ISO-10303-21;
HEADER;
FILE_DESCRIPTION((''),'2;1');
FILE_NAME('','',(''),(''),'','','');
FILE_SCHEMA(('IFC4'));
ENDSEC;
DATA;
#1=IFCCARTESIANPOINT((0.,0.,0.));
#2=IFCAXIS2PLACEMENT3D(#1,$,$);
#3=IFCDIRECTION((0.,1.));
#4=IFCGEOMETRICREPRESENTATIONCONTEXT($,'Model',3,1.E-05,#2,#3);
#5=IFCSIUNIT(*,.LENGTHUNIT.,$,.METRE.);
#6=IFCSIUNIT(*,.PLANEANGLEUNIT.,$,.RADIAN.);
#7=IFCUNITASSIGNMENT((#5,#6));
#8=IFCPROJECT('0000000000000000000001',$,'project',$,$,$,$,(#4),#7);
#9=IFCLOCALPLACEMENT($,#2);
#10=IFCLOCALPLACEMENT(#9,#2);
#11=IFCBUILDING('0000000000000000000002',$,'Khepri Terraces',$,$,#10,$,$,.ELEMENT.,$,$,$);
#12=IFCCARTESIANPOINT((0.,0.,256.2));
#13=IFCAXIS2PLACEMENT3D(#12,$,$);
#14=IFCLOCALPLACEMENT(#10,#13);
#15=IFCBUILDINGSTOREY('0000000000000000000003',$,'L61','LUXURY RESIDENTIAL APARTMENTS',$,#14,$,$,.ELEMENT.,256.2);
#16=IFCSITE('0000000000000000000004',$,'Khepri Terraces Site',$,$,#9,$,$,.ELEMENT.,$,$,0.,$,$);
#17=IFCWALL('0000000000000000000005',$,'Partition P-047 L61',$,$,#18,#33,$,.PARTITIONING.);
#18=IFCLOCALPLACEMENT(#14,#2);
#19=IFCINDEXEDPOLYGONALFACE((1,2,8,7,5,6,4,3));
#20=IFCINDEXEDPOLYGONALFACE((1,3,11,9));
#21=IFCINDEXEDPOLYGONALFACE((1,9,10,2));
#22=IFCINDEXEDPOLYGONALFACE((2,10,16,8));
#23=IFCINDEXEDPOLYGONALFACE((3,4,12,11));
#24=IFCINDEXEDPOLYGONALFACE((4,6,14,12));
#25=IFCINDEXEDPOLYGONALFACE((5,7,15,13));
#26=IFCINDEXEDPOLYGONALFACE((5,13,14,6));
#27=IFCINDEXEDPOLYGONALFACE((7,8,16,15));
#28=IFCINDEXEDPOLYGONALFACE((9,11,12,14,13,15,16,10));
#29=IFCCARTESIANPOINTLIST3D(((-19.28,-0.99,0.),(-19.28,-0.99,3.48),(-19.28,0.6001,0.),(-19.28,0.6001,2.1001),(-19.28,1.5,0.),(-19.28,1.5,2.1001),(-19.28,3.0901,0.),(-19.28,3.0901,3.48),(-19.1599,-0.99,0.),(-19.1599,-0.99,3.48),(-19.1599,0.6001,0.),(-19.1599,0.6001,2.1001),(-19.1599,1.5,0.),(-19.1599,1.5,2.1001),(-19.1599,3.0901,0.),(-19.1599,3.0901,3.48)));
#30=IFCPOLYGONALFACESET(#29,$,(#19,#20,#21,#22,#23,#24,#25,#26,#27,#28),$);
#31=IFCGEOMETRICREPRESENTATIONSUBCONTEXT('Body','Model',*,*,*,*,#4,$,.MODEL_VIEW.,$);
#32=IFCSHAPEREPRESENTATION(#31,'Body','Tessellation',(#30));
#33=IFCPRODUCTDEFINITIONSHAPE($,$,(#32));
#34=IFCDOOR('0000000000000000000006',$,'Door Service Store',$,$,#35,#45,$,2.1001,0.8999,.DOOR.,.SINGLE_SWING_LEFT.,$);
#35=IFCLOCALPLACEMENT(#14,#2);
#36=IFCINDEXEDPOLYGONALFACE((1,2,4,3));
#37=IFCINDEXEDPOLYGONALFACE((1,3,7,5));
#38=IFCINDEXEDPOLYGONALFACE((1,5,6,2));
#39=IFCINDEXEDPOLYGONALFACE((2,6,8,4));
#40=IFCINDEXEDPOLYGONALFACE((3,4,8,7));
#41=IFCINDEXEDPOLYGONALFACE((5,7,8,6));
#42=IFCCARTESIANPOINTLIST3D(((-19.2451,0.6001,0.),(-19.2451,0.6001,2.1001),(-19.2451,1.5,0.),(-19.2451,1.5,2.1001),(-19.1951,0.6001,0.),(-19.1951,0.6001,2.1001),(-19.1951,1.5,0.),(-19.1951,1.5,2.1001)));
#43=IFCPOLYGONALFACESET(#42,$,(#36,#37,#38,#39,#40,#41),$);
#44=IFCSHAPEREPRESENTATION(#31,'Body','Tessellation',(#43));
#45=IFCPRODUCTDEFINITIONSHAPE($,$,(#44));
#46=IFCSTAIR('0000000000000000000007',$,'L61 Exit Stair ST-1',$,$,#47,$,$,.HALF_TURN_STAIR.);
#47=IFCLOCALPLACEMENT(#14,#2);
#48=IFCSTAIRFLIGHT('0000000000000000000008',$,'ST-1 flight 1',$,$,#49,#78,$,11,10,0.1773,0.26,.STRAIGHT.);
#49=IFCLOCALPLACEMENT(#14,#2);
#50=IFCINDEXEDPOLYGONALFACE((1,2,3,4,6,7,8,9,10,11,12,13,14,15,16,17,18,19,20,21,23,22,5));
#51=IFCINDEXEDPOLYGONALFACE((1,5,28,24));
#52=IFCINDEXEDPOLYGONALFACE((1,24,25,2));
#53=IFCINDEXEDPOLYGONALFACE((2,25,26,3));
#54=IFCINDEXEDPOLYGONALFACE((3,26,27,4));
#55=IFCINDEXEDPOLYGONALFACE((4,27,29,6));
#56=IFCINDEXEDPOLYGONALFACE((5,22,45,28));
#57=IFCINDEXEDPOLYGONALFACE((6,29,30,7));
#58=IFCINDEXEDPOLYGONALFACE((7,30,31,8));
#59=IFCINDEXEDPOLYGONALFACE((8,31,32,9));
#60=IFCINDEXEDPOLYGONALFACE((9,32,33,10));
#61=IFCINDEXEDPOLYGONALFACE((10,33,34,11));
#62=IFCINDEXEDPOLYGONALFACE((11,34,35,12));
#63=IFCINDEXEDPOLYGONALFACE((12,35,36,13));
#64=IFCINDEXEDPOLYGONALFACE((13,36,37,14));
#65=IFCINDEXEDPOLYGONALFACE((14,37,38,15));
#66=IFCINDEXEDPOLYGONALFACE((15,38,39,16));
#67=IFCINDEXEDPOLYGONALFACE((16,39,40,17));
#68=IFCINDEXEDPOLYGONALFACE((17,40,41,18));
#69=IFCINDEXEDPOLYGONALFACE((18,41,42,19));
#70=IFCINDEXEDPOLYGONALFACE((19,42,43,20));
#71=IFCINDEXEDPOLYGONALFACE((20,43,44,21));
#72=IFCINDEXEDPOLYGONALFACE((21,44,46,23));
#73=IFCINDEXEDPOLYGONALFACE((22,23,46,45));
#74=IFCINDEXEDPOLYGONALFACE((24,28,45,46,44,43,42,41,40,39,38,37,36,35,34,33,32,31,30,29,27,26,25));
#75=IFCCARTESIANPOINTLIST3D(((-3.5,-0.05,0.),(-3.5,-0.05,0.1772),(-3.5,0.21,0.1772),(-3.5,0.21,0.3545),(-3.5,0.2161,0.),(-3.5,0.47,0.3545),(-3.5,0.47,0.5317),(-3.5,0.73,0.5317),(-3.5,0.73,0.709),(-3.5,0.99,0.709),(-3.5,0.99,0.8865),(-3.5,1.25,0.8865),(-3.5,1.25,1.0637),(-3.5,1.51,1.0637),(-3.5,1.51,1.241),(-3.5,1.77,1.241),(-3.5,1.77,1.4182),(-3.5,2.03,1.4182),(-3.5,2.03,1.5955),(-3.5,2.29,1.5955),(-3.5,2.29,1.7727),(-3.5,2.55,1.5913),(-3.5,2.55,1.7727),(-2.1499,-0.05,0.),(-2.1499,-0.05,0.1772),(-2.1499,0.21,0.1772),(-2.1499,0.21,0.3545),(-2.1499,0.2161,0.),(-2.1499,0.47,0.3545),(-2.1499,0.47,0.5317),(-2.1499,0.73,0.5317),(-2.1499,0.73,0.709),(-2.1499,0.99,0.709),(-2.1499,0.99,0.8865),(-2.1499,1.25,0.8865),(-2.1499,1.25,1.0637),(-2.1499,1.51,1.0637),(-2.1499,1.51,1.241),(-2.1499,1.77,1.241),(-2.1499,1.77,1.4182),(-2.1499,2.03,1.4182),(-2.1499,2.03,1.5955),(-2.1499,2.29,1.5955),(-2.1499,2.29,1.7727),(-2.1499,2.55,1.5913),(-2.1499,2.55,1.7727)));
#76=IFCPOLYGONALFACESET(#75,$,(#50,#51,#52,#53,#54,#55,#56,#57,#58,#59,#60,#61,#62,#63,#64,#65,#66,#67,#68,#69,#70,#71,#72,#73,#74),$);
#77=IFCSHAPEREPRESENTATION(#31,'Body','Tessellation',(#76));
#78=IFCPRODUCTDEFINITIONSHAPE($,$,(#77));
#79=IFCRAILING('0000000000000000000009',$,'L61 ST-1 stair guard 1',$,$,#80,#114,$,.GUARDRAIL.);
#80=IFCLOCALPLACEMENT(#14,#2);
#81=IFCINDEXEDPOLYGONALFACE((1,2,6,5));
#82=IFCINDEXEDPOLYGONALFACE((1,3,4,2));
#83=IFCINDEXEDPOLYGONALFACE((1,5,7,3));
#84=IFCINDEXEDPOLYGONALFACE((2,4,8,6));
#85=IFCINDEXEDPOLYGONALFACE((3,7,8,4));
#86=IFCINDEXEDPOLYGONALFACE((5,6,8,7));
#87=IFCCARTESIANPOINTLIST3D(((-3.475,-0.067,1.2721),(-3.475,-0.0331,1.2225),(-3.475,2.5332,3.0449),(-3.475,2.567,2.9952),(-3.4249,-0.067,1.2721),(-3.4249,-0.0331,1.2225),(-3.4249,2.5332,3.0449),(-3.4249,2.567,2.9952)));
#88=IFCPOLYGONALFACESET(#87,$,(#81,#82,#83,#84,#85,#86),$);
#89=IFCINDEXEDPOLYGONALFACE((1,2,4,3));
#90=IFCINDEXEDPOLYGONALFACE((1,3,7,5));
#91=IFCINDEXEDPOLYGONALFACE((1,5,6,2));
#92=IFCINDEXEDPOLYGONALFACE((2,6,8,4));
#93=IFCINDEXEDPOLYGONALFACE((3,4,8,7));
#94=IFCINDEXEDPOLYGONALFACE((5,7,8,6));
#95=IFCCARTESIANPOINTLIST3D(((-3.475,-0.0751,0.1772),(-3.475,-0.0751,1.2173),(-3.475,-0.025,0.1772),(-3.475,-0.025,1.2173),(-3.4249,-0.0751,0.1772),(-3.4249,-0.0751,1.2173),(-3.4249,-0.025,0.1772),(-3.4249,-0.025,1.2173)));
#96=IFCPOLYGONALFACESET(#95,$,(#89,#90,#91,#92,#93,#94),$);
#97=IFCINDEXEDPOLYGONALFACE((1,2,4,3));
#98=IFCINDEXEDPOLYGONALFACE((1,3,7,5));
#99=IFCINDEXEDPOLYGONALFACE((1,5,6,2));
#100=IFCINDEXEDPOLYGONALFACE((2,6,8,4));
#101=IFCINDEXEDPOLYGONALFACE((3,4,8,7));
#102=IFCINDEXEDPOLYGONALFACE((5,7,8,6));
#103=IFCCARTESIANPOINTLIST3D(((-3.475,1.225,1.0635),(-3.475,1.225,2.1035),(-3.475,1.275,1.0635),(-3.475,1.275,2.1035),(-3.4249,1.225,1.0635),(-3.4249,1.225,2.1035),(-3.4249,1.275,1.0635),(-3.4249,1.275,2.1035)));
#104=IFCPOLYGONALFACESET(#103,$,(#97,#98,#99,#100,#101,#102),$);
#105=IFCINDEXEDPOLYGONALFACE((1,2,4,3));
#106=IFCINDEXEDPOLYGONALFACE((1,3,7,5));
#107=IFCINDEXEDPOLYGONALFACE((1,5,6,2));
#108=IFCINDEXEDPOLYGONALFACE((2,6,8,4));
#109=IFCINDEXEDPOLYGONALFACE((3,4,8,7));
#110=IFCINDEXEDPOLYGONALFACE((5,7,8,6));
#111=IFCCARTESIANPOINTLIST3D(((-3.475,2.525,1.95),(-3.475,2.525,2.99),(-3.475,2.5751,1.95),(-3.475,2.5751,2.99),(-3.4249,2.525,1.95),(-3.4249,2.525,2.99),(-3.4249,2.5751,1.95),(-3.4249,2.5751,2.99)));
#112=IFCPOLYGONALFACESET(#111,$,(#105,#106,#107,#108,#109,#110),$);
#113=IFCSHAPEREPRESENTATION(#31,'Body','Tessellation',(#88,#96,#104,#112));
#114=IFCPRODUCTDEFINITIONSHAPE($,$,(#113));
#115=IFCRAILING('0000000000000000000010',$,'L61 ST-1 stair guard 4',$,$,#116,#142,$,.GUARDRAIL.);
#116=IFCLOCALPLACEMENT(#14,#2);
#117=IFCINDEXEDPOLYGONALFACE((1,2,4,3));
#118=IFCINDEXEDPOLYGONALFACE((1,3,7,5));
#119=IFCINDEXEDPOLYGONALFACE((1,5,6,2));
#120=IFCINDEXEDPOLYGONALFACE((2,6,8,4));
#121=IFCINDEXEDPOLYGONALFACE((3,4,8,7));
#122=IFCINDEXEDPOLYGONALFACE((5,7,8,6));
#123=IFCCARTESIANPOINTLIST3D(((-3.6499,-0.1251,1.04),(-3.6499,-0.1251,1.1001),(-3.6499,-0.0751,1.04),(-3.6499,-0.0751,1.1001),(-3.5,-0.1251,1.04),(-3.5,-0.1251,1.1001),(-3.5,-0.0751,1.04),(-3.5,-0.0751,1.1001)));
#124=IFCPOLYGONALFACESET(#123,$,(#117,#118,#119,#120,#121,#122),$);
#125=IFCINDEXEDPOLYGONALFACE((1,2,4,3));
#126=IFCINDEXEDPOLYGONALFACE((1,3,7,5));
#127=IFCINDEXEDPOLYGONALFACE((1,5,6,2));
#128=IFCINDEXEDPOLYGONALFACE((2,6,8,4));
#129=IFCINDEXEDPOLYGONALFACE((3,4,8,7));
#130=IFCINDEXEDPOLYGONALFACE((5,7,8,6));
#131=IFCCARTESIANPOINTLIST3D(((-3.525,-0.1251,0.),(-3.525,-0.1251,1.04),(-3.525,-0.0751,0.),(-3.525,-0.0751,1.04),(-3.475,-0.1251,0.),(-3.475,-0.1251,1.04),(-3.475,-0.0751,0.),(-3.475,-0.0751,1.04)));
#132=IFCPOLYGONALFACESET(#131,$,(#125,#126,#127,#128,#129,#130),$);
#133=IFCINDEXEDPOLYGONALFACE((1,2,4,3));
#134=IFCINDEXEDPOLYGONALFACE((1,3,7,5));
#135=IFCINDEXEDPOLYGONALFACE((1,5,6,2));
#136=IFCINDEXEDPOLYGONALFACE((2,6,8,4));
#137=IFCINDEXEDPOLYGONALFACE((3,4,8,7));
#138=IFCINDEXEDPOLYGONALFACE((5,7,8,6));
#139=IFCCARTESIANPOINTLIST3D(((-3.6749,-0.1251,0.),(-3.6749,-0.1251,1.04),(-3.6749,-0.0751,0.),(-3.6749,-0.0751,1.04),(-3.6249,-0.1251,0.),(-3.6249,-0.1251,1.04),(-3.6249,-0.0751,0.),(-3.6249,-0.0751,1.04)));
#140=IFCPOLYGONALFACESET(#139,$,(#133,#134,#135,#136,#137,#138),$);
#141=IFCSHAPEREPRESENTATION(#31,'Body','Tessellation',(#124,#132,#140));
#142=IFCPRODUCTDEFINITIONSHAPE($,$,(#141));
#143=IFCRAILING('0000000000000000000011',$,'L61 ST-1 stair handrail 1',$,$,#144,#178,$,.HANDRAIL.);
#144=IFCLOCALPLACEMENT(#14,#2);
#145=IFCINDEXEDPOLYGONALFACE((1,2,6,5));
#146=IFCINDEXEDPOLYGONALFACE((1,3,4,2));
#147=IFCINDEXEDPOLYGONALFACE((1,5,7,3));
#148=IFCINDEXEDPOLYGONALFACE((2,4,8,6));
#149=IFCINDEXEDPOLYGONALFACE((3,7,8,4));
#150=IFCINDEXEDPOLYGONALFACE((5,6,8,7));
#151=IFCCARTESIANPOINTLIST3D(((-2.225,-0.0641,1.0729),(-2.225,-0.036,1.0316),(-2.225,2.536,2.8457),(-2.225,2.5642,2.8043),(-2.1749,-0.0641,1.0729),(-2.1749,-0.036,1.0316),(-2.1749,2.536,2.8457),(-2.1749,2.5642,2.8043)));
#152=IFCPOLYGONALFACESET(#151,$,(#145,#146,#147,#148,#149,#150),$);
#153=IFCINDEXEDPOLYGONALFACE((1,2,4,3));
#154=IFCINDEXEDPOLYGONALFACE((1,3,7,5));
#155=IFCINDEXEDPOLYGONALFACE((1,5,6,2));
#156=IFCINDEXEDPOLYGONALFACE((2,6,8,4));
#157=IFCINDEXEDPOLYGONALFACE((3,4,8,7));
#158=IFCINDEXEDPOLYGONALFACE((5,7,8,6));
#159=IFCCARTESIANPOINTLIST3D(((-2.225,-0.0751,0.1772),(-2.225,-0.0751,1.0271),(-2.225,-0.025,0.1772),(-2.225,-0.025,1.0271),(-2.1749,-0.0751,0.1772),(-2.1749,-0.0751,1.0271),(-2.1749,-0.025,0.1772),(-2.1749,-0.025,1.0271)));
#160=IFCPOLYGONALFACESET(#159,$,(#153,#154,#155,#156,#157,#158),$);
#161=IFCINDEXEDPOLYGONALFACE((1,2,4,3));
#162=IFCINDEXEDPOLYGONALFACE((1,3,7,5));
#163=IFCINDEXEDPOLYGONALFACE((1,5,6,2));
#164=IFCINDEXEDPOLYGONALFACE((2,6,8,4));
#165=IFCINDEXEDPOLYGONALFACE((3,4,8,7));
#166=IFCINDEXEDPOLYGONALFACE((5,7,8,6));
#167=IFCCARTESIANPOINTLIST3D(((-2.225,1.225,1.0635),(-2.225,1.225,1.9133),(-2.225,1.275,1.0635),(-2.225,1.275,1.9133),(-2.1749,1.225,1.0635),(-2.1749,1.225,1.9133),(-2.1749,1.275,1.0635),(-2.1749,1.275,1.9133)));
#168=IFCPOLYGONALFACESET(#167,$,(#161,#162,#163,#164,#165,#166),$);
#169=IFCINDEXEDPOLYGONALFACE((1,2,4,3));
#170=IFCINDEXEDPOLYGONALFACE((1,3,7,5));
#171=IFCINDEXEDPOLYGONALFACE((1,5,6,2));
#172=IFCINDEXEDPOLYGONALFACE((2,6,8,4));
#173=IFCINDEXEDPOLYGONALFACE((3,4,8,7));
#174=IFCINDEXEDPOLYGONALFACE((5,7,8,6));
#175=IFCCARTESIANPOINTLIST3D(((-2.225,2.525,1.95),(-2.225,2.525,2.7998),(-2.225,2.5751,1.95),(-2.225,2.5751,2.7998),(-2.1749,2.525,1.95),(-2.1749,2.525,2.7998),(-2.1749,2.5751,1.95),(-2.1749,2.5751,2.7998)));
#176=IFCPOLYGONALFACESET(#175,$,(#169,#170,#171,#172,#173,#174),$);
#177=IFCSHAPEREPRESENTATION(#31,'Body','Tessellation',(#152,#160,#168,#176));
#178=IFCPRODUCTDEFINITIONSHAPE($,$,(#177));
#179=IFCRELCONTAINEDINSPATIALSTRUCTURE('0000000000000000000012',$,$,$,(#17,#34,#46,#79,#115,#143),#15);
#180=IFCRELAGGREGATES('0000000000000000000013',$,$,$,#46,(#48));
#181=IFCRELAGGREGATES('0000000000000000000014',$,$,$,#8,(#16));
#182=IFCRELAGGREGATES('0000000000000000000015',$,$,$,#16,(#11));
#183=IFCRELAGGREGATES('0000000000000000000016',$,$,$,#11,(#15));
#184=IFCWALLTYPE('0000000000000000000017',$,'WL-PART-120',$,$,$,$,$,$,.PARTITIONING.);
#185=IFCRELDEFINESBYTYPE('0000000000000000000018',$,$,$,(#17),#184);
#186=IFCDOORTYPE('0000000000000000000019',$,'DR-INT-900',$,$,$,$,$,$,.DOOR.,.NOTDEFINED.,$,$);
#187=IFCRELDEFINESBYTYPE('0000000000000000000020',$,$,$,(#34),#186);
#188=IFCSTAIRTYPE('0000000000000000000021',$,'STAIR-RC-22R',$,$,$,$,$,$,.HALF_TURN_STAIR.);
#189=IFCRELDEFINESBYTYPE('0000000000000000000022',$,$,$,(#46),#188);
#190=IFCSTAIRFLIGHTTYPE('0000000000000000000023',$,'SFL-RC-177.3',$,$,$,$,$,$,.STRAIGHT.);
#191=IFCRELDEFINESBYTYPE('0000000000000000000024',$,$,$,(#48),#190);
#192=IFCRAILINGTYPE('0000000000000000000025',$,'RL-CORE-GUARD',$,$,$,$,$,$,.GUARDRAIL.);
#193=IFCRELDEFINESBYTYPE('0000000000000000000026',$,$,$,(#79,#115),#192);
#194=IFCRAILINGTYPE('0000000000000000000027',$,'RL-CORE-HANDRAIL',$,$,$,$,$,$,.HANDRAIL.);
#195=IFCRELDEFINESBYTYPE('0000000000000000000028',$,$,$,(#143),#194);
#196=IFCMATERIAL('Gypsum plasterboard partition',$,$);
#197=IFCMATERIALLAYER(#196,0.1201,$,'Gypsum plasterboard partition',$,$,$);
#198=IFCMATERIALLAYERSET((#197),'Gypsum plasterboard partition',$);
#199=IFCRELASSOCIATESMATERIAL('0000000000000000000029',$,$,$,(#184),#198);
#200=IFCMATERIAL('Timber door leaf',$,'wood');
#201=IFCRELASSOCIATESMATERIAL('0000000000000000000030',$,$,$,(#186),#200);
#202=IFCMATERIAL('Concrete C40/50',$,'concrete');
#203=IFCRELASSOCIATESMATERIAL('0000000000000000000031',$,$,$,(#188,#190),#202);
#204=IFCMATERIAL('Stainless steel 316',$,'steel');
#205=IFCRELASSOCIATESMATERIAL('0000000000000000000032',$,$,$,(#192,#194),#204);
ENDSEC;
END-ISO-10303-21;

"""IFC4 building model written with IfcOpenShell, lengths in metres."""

from ifc_helpers import new_model, si_unit, direction, frame, frame_2d, origin, origin_2d, place, context, subcontext, project, spatial, polyline, rectangle, outline, extrude, material, layer, layer_set, type_object, element, fill, aggregate, save


model = new_model("IFC4")

# Units and contexts
model_context = context("Model", 3, precision=1e-05, world=origin(), true_north=direction((0.0, 1.0)))
body_context = subcontext(model_context, "Body", "Model", "MODEL_VIEW")
ifc_project = project(units=[si_unit("LENGTHUNIT", "METRE"), si_unit("PLANEANGLEUNIT", "RADIAN")], contexts=[model_context])

# Site, building, storey
site_placement = place(None, origin())
site = spatial("IfcSite", under=ifc_project, at=site_placement, Name="Khepri Terraces Site", CompositionType="ELEMENT", RefElevation=0.0)
building_placement = place(site_placement, origin())
building = spatial("IfcBuilding", under=site, at=building_placement, Name="Khepri Terraces", CompositionType="ELEMENT")
storey_placement = place(building_placement, frame((0.0, 0.0, 256.2)))
storey = spatial("IfcBuildingStorey", under=building, at=storey_placement, Name="L61", Description="LUXURY RESIDENTIAL APARTMENTS", CompositionType="ELEMENT", Elevation=256.2)

# Shared definitions
ifc_material_1 = material(Name="Concrete C40/50", Category="concrete")

# Wall, opening, door
ifc_material_2 = material(Name="Gypsum plasterboard partition")
ifc_layer_1 = layer(ifc_material_2, 0.1201, Name="Gypsum plasterboard partition")
ifc_layer_set_1 = layer_set([ifc_layer_1], Name="Gypsum plasterboard partition")
wall_type_1 = type_object("IfcWallType", Name="WL-PART-120", PredefinedType="PARTITIONING", material=ifc_layer_set_1)
wall_1_placement = place(storey_placement, frame((-19.22, -0.99, 0.0), z_axis=(0.0, 0.0, 1.0), x_axis=(0.0, 1.0, 0.0)))
wall_1 = element("IfcWall", 1, at=wall_1_placement, inside=storey, type_object=wall_type_1, Name="Partition P-047 L61", PredefinedType="PARTITIONING", context=body_context, shape_type="SweptSolid", body=[
    extrude(rectangle(XDim=4.0801, YDim=0.1201, at=frame_2d((2.04, 0.0))), origin(), (0.0, 0.0, 1.0), 3.48),
])
opening_1_placement = place(wall_1_placement, frame((1.5901, 0.0, 0.0)))
opening_1 = element("IfcOpeningElement", 2, at=opening_1_placement, cuts=wall_1, PredefinedType="OPENING", context=body_context, shape_type="SweptSolid", body=[
    extrude(rectangle(XDim=0.8999, YDim=2.1001, at=frame_2d((0.45, 1.05))), frame((0.0, 0.0701, 0.0), z_axis=(0.0, -1.0, 0.0), x_axis=(1.0, 0.0, 0.0)), (0.0, 0.0, 1.0), 0.1401),
])
ifc_material_3 = material(Name="Timber door leaf", Category="wood")
door_type_1 = type_object("IfcDoorType", Name="DR-INT-900", OperationType="NOTDEFINED", PredefinedType="DOOR", material=ifc_material_3)
door_1_placement = place(opening_1_placement, frame((0.8999, 0.0, 0.0), z_axis=(0.0, 0.0, 1.0), x_axis=(-1.0, 0.0, 0.0)))
door_1 = element("IfcDoor", 3, at=door_1_placement, inside=storey, type_object=door_type_1, Name="Door Service Store", OperationType="SINGLE_SWING_LEFT", OverallHeight=2.1001, OverallWidth=0.8999, PredefinedType="DOOR", context=body_context, shape_type="SweptSolid", body=[
    extrude(rectangle(XDim=0.8999, YDim=2.1001, at=frame_2d((0.45, 1.05))), frame((0.0, 0.0249, 0.0), z_axis=(0.0, -1.0, 0.0), x_axis=(1.0, 0.0, 0.0)), (0.0, 0.0, 1.0), 0.05),
])
fill(opening_1, door_1)

# Stair, stair flight
stair_type = type_object("IfcStairType", Name="STAIR-RC-22R", PredefinedType="HALF_TURN_STAIR", material=ifc_material_1)
stair_placement = place(storey_placement, origin())
stair = element("IfcStair", 4, at=stair_placement, inside=storey, type_object=stair_type, Name="L61 Exit Stair ST-1", PredefinedType="HALF_TURN_STAIR")
stair_flight_type = type_object("IfcStairFlightType", Name="SFL-RC-177.3", PredefinedType="STRAIGHT", material=ifc_material_1)
stair_flight_placement = place(storey_placement, frame((-2.825, -0.05, 0.0), z_axis=(0.0, 0.0, 1.0), x_axis=(0.0, 1.0, 0.0)))
stair_flight = element("IfcStairFlight", 5, at=stair_flight_placement, type_object=stair_flight_type, Name="ST-1 flight 1", NumberOfRisers=11, NumberOfTreads=10, PredefinedType="STRAIGHT", RiserHeight=0.1773, TreadLength=0.26, context=body_context, shape_type="SweptSolid", body=[
    extrude(outline(polyline([(0.0, 0.0), (0.0, 0.1772), (0.26, 0.1772), (0.26, 0.3545), (0.52, 0.3545), (0.52, 0.5317), (0.78, 0.5317), (0.78, 0.709), (1.04, 0.709), (1.04, 0.8865), (1.3, 0.8865), (1.3, 1.0637), (1.5601, 1.0637), (1.5601, 1.241), (1.8201, 1.241), (1.8201, 1.4182), (2.0801, 1.4182), (2.0801, 1.5955), (2.3401, 1.5955), (2.3401, 1.7727), (2.6001, 1.7727), (2.6001, 1.95), (2.6001, 1.5913), (0.2661, 0.0), (0.0, 0.0)])), frame((0.0, 0.675, 0.0), z_axis=(0.0, -1.0, 0.0), x_axis=(1.0, 0.0, 0.0)), (0.0, 0.0, 1.0), 1.3501),
])
aggregate(stair, [stair_flight])

# Railings
ifc_material_4 = material(Name="Stainless steel 316", Category="steel")
railing_type_1 = type_object("IfcRailingType", Name="RL-CORE-GUARD", PredefinedType="GUARDRAIL", material=ifc_material_4)
railing_1_placement = place(storey_placement, frame((-3.45, -0.05, 0.1772)))
element("IfcRailing", 6, at=railing_1_placement, inside=storey, type_object=railing_type_1, Name="L61 ST-1 stair guard 1", PredefinedType="GUARDRAIL", context=body_context, shape_type="SweptSolid", body=[
    extrude(rectangle(XDim=0.05, YDim=0.0601, at=origin_2d()), frame((0.0, 0.0, 1.0701), z_axis=(0.0, 0.82624, 0.563318), x_axis=(-1.0, 0.0, 0.0)), (0.0, 0.0, 1.0), 3.147),
    extrude(rectangle(XDim=0.05, YDim=0.05, at=origin_2d()), origin(), (0.0, 0.0, 1.0), 1.04),
    extrude(rectangle(XDim=0.05, YDim=0.05, at=origin_2d()), frame((0.0, 1.3, 0.8862)), (0.0, 0.0, 1.0), 1.04),
    extrude(rectangle(XDim=0.05, YDim=0.05, at=origin_2d()), frame((0.0, 2.6001, 1.7727)), (0.0, 0.0, 1.0), 1.04),
])
railing_2_placement = place(storey_placement, frame((-3.5, -0.1001, 0.0)))
element("IfcRailing", 7, at=railing_2_placement, inside=storey, type_object=railing_type_1, Name="L61 ST-1 stair guard 4", PredefinedType="GUARDRAIL", context=body_context, shape_type="SweptSolid", body=[
    extrude(rectangle(XDim=0.05, YDim=0.0601, at=origin_2d()), frame((0.0, 0.0, 1.0701), z_axis=(-1.0, 0.0, 0.0), x_axis=(0.0, -1.0, 0.0)), (0.0, 0.0, 1.0), 0.1499),
    extrude(rectangle(XDim=0.05, YDim=0.05, at=origin_2d()), origin(), (0.0, 0.0, 1.0), 1.04),
    extrude(rectangle(XDim=0.05, YDim=0.05, at=origin_2d()), frame((-0.1499, 0.0, 0.0)), (0.0, 0.0, 1.0), 1.04),
])
railing_type_2 = type_object("IfcRailingType", Name="RL-CORE-HANDRAIL", PredefinedType="HANDRAIL", material=ifc_material_4)
railing_3_placement = place(storey_placement, frame((-2.2, -0.05, 0.1772)))
element("IfcRailing", 8, at=railing_3_placement, inside=storey, type_object=railing_type_2, Name="L61 ST-1 stair handrail 1", PredefinedType="HANDRAIL", context=body_context, shape_type="SweptSolid", body=[
    extrude(rectangle(XDim=0.05, YDim=0.05, at=origin_2d()), frame((0.0, 0.0, 0.875), z_axis=(0.0, 0.82624, 0.563318), x_axis=(-1.0, 0.0, 0.0)), (0.0, 0.0, 1.0), 3.147),
    extrude(rectangle(XDim=0.05, YDim=0.05, at=origin_2d()), origin(), (0.0, 0.0, 1.0), 0.8499),
    extrude(rectangle(XDim=0.05, YDim=0.05, at=origin_2d()), frame((0.0, 1.3, 0.8862)), (0.0, 0.0, 1.0), 0.8499),
    extrude(rectangle(XDim=0.05, YDim=0.05, at=origin_2d()), frame((0.0, 2.6001, 1.7727)), (0.0, 0.0, 1.0), 0.8499),
])

save(model, "model.ifc")
